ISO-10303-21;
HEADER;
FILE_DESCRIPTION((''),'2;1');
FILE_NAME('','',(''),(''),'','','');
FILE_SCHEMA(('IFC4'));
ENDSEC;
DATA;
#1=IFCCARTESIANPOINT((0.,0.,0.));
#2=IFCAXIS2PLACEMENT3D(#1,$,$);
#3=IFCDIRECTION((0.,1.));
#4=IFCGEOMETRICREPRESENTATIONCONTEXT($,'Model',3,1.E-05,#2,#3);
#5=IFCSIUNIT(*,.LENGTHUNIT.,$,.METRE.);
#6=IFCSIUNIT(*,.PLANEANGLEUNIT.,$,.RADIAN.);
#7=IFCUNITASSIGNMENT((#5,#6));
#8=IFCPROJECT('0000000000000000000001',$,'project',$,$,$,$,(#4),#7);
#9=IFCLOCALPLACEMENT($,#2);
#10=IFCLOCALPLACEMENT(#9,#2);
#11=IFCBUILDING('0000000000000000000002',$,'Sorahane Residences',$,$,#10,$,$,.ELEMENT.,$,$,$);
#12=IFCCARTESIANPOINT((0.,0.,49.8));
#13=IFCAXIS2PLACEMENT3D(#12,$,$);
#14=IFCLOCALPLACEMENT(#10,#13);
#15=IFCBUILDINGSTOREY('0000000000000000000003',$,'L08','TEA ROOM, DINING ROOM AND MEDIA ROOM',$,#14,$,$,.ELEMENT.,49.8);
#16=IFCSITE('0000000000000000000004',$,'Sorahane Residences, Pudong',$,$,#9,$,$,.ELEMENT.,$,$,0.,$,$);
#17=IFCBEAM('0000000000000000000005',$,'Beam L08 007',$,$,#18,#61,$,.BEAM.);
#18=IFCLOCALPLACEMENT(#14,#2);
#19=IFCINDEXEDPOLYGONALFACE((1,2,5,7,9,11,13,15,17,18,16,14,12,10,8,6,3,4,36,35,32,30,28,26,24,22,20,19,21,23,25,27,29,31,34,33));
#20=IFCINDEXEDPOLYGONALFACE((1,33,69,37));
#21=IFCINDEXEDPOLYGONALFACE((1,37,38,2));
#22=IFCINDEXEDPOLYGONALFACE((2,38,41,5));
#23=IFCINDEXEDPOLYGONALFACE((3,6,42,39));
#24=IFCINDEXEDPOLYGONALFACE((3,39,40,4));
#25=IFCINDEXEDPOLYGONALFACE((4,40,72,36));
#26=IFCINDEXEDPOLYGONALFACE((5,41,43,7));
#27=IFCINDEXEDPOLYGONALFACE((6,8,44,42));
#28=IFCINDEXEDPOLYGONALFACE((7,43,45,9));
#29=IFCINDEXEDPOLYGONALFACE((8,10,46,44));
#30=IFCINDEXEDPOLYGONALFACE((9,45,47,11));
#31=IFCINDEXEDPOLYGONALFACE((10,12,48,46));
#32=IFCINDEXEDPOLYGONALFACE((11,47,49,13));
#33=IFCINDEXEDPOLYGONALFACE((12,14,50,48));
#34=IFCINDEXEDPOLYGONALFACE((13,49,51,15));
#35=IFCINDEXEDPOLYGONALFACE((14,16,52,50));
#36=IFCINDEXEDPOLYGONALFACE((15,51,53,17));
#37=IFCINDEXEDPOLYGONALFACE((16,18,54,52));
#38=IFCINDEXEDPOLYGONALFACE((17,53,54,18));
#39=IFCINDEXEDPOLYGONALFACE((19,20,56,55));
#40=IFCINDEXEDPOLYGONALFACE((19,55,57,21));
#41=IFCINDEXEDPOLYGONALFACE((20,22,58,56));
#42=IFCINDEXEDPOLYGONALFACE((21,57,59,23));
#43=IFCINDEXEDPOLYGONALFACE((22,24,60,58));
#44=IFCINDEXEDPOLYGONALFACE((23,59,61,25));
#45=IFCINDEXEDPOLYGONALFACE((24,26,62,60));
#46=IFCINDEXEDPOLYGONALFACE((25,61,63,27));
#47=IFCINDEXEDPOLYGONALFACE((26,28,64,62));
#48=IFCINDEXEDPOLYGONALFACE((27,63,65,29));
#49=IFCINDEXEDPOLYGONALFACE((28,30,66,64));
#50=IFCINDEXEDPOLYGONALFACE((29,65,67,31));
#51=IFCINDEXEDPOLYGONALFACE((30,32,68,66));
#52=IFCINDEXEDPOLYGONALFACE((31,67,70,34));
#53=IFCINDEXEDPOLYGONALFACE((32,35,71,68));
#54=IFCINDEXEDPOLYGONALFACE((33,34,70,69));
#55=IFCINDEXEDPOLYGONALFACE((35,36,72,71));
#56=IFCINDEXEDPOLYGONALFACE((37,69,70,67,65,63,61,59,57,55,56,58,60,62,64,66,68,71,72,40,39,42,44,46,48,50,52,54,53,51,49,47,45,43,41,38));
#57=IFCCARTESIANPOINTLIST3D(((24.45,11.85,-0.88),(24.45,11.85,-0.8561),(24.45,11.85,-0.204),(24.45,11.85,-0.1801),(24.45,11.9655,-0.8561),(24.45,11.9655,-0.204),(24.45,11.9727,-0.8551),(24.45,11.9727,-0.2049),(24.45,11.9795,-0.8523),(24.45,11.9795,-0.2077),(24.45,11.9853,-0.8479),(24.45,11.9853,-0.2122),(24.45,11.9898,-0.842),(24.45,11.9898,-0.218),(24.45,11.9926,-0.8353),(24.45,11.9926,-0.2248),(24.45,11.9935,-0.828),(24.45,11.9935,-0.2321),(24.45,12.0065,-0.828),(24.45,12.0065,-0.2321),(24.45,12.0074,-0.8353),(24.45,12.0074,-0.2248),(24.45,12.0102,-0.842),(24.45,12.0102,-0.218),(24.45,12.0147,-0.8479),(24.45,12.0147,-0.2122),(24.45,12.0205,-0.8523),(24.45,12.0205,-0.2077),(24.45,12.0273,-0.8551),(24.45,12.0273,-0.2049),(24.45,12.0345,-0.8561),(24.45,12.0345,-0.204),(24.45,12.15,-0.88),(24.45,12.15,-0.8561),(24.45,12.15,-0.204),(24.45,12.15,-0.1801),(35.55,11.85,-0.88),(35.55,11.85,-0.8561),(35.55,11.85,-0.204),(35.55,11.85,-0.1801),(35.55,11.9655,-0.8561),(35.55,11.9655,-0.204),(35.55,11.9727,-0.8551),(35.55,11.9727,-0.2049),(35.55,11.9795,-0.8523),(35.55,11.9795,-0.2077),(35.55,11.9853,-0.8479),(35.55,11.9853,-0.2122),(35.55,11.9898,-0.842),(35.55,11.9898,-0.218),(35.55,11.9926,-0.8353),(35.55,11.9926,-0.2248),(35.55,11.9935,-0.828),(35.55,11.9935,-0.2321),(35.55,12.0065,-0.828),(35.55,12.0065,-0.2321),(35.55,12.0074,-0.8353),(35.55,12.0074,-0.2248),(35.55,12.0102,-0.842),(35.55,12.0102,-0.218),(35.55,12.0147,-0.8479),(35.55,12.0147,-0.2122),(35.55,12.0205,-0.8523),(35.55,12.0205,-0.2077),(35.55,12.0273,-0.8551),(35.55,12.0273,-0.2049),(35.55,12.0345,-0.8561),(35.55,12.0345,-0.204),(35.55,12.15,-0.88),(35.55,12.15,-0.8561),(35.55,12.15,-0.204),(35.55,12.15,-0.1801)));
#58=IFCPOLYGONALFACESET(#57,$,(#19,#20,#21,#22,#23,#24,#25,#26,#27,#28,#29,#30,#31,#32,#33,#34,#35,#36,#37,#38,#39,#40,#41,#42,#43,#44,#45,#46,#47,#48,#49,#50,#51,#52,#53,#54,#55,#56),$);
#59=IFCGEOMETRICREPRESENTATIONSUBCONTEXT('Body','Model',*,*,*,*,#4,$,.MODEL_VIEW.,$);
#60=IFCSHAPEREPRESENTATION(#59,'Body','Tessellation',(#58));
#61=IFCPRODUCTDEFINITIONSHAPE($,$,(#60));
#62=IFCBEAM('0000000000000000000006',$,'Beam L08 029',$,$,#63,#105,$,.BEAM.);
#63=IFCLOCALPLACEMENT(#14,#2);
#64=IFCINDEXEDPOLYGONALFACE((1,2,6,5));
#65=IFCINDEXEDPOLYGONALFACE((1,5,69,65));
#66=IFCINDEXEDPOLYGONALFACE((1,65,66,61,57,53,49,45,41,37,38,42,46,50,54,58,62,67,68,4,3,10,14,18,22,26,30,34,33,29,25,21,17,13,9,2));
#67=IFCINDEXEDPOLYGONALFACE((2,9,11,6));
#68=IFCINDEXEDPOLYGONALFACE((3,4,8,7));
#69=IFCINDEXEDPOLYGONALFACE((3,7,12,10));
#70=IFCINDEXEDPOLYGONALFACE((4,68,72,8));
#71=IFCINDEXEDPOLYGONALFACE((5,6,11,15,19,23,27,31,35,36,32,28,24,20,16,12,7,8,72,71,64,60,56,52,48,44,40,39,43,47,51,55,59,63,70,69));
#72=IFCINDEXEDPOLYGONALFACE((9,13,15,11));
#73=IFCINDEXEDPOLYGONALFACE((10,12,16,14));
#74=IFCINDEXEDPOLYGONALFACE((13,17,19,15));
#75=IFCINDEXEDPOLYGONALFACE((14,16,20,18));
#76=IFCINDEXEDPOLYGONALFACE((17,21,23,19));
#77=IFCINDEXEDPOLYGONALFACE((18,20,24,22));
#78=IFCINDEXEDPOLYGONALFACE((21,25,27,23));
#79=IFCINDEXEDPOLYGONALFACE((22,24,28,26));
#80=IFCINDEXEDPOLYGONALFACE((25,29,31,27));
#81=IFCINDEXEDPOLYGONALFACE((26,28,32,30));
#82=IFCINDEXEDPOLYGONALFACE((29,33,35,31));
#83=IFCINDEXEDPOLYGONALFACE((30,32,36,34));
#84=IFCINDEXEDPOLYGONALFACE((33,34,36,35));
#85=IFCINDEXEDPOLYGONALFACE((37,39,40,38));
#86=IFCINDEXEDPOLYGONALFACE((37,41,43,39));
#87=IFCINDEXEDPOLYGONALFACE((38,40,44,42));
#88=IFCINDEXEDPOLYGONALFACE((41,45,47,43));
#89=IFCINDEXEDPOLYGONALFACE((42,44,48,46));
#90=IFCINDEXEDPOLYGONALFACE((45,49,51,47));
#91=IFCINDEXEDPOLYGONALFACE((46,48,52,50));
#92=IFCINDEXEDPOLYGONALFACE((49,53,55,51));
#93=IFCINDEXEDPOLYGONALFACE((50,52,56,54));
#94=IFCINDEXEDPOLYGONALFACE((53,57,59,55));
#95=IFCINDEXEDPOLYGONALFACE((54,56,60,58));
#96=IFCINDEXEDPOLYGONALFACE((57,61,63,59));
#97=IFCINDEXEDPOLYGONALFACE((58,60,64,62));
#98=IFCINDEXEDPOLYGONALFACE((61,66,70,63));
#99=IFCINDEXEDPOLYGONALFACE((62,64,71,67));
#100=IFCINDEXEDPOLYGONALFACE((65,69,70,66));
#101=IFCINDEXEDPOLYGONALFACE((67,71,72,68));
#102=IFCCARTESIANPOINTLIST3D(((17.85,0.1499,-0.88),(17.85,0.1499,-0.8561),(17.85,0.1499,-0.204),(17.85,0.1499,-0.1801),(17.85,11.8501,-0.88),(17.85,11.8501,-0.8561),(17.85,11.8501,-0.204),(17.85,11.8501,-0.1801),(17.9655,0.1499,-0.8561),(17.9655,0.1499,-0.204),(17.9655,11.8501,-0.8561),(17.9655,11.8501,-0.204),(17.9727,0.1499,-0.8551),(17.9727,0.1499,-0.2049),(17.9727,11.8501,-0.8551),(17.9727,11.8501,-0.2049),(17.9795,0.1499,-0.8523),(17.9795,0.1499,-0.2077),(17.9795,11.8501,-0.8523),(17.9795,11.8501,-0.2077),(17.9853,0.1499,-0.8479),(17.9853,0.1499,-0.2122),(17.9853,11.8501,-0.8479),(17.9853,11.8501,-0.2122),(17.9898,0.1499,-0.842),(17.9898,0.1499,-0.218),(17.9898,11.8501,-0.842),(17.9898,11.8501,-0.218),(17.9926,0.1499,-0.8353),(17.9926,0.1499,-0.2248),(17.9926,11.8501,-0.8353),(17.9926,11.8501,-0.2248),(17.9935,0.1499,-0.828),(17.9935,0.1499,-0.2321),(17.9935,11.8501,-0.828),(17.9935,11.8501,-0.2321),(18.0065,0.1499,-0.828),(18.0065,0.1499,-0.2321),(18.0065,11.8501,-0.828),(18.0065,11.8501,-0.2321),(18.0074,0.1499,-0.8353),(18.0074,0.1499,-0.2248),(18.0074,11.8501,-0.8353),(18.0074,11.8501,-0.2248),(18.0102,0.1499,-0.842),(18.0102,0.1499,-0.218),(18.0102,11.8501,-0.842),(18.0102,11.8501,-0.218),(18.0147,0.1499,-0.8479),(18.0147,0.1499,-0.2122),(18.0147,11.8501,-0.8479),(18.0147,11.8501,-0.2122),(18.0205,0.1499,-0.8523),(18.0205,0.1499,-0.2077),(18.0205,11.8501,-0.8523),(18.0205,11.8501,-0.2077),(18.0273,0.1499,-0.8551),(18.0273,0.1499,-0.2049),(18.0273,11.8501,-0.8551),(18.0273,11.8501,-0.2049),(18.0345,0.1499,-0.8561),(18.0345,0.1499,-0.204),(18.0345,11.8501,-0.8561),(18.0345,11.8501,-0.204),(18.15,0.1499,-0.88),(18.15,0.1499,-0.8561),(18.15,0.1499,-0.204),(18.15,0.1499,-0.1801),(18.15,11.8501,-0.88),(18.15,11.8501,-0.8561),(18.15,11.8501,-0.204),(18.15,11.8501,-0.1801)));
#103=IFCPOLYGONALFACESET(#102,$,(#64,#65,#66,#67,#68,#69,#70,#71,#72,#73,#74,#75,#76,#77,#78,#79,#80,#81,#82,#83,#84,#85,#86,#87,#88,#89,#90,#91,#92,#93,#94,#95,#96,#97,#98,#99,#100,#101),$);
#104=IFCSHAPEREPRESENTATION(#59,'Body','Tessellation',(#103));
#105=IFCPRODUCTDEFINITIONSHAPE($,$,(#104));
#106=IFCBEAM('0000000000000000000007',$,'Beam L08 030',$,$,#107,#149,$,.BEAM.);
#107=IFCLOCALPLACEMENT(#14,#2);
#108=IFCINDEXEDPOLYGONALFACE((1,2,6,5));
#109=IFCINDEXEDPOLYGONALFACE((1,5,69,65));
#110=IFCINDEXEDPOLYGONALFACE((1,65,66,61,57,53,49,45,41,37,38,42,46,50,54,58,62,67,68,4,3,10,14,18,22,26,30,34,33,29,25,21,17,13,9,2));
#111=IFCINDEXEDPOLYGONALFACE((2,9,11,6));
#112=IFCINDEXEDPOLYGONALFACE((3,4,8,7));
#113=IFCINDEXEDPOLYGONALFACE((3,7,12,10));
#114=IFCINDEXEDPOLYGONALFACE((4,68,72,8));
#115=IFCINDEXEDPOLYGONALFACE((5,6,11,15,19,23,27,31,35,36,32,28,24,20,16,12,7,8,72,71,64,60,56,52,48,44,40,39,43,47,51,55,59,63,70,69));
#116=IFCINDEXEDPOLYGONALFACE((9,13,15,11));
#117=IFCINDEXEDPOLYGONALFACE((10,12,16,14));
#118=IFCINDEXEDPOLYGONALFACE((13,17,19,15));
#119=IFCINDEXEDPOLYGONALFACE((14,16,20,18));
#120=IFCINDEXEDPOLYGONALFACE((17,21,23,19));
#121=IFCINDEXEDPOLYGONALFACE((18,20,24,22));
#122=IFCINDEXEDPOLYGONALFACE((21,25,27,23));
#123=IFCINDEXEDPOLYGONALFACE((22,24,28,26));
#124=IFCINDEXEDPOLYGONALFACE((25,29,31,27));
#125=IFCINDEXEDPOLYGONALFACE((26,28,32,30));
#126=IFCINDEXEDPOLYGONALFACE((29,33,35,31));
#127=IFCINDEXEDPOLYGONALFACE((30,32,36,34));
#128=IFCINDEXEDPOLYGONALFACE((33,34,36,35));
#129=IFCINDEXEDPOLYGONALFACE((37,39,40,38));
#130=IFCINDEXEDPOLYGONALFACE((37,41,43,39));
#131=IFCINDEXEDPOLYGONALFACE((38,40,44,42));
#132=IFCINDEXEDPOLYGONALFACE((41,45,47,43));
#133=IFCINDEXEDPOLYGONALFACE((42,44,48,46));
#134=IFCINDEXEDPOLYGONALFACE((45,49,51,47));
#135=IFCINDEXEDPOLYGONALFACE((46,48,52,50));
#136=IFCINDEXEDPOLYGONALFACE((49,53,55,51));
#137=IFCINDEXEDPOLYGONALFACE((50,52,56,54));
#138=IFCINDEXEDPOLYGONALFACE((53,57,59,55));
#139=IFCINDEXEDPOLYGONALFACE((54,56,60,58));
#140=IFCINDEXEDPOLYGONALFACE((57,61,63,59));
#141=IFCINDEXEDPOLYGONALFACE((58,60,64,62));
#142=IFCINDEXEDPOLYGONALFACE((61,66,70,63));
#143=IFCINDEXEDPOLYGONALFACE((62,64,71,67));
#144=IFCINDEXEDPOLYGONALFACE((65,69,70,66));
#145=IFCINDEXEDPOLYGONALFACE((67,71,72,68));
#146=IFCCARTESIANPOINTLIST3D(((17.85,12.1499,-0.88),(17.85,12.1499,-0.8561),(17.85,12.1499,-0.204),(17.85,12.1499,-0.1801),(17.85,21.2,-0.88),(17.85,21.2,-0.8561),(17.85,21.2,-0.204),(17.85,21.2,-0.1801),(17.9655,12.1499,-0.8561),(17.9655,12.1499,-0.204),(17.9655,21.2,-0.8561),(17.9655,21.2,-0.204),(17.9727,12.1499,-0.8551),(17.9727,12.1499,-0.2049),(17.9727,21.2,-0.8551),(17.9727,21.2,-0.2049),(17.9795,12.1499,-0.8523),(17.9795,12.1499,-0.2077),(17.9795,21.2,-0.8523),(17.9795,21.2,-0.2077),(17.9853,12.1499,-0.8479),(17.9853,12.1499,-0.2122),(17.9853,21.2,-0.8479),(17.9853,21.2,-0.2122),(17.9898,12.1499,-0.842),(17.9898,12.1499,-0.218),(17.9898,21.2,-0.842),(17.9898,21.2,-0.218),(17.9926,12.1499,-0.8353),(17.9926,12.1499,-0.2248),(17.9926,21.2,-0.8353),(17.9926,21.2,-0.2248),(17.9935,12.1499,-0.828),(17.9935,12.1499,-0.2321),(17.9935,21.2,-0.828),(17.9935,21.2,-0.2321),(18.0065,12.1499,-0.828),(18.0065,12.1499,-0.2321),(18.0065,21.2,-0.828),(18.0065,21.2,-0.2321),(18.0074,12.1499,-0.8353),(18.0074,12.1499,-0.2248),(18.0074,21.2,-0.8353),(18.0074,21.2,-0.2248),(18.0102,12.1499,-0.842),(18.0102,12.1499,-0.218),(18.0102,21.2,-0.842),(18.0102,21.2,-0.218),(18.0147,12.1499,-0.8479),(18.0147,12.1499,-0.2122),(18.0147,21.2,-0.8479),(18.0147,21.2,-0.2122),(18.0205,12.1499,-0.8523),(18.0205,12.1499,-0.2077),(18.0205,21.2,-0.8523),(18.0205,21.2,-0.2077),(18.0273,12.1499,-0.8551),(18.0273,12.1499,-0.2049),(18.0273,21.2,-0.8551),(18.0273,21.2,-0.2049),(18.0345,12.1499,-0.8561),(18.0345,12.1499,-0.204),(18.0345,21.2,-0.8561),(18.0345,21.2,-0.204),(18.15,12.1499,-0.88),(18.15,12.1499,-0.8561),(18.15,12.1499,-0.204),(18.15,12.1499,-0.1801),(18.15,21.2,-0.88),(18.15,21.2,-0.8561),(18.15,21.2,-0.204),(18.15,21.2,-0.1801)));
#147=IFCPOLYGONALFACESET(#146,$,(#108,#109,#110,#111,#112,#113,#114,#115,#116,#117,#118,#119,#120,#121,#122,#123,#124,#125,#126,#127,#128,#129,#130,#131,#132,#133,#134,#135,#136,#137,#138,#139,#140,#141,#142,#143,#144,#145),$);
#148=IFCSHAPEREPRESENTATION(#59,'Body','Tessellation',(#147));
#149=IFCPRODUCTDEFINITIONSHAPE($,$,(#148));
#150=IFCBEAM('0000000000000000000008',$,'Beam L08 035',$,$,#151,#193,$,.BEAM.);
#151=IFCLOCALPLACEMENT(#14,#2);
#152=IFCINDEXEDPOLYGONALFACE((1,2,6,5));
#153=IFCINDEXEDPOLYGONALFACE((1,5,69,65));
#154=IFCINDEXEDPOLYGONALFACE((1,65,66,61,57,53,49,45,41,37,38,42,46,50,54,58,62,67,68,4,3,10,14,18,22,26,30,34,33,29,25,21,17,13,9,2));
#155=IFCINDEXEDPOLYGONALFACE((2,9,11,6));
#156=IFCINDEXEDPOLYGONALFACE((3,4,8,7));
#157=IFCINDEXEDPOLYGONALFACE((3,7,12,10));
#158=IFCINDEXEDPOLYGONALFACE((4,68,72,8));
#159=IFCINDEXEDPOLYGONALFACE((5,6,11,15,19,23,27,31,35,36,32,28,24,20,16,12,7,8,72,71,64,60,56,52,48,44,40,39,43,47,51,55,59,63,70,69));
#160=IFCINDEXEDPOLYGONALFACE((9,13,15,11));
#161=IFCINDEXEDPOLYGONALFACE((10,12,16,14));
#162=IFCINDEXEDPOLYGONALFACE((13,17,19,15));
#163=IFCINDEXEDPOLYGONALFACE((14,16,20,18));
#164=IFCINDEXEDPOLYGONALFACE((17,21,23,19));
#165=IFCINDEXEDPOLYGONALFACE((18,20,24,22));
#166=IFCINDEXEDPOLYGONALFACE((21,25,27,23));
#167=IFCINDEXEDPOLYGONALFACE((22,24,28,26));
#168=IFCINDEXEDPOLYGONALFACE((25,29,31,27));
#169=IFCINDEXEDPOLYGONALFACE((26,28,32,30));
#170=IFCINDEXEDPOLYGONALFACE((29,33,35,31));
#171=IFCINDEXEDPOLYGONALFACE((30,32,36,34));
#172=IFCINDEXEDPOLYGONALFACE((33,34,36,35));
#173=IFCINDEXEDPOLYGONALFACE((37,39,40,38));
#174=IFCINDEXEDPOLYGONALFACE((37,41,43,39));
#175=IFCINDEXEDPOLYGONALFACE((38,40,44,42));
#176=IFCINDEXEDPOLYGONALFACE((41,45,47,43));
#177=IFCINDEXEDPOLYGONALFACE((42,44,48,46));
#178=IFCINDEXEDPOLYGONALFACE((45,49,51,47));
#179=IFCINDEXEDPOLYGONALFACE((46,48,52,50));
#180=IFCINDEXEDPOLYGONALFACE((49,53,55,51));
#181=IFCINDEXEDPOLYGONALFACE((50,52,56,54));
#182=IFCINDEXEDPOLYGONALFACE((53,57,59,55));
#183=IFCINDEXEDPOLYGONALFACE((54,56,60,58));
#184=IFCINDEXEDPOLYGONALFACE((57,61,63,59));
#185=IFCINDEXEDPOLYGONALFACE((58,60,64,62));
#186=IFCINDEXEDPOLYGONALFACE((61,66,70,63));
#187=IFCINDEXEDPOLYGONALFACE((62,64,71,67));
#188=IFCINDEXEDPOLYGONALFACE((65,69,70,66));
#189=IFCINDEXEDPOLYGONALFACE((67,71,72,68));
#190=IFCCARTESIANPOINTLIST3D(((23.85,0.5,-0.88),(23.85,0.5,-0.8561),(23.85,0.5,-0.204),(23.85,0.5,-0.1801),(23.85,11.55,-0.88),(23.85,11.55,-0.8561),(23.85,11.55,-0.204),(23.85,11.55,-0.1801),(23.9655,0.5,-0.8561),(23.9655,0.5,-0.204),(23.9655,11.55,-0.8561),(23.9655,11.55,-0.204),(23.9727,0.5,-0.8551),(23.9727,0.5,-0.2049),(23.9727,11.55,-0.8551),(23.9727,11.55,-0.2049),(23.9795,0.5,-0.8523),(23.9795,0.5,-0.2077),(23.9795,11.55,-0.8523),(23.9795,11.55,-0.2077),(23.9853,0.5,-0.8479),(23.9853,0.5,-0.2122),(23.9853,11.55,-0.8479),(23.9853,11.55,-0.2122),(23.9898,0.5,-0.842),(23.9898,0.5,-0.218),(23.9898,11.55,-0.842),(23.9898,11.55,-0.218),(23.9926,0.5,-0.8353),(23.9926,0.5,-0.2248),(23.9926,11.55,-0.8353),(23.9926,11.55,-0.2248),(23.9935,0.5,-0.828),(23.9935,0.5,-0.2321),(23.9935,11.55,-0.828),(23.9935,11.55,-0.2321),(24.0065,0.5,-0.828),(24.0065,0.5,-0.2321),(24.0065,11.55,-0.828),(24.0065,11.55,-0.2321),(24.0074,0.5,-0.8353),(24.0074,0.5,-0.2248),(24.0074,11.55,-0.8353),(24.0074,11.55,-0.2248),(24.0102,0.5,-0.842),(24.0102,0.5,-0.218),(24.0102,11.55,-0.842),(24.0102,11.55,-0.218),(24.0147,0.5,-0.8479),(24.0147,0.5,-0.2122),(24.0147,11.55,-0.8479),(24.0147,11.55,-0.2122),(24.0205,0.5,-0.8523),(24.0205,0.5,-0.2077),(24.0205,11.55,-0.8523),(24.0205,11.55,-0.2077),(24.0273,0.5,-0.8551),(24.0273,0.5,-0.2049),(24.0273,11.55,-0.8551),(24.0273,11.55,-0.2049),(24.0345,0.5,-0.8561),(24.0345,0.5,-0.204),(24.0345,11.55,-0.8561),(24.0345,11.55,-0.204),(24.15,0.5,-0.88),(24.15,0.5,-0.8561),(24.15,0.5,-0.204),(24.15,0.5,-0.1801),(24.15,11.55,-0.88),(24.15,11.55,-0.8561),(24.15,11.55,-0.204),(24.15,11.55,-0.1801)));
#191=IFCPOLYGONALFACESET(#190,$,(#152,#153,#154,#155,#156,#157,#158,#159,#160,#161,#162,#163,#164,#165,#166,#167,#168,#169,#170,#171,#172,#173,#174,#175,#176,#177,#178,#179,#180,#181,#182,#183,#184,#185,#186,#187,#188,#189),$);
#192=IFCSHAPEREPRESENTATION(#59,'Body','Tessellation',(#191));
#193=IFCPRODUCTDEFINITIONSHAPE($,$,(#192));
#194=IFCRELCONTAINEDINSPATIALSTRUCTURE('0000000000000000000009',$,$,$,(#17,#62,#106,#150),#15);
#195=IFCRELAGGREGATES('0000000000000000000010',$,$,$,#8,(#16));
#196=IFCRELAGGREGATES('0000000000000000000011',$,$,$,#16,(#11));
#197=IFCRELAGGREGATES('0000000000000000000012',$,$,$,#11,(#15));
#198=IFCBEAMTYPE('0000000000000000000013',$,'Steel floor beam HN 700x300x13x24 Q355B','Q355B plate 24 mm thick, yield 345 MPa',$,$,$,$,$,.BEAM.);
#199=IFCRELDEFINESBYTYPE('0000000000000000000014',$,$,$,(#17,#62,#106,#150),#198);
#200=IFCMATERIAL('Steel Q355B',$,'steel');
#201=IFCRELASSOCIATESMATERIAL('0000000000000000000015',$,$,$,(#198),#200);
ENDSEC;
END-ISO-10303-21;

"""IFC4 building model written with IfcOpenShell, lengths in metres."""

from ifc_helpers import new_model, si_unit, direction, frame, origin, origin_2d, place, context, subcontext, project, spatial, i_section, extrude, material, material_profile, profile_set, type_object, element, save


model = new_model("IFC4")

# Units and contexts
model_context = context("Model", 3, precision=1e-05, world=origin(), true_north=direction((0.0, 1.0)))
body_context = subcontext(model_context, "Body", "Model", "MODEL_VIEW")
ifc_project = project(units=[si_unit("LENGTHUNIT", "METRE"), si_unit("PLANEANGLEUNIT", "RADIAN")], contexts=[model_context])

# Site, building, storey
site_placement = place(None, origin())
site = spatial("IfcSite", under=ifc_project, at=site_placement, Name="Sorahane Residences, Pudong", CompositionType="ELEMENT", RefElevation=0.0)
building_placement = place(site_placement, origin())
building = spatial("IfcBuilding", under=site, at=building_placement, Name="Sorahane Residences", CompositionType="ELEMENT")
storey_placement = place(building_placement, frame((0.0, 0.0, 49.8)))
storey = spatial("IfcBuildingStorey", under=building, at=storey_placement, Name="L08", Description="TEA ROOM, DINING ROOM AND MEDIA ROOM", CompositionType="ELEMENT", Elevation=49.8)

# Beams
ifc_material_1 = material(Name="Steel Q355B", Category="steel")
ifc_material_profile_1 = material_profile(ifc_material_1, i_section(OverallWidth=0.3, OverallDepth=0.7, WebThickness=0.0129, FlangeThickness=0.0239, FilletRadius=0.0281, at=origin_2d()), Name="HN 700x300x13x24")
ifc_profile_set_1 = profile_set([ifc_material_profile_1], Name="Steel Q355B")
beam_type_1 = type_object("IfcBeamType", Name="Steel floor beam HN 700x300x13x24 Q355B", Description="Q355B plate 24 mm thick, yield 345 MPa", PredefinedType="BEAM", material=ifc_profile_set_1)
beam_1_placement = place(storey_placement, frame((24.45, 12.0, -0.53), z_axis=(1.0, 0.0, 0.0), x_axis=(0.0, 1.0, 0.0)))
element("IfcBeam", 1, at=beam_1_placement, inside=storey, type_object=beam_type_1, Name="Beam L08 007", PredefinedType="BEAM", context=body_context, shape_type="SweptSolid", body=[
    extrude(i_section(OverallWidth=0.3, OverallDepth=0.7, WebThickness=0.0129, FlangeThickness=0.0239, FilletRadius=0.0281, at=origin_2d()), origin(), (0.0, 0.0, 1.0), 11.1001),
])
beam_2_placement = place(storey_placement, frame((18.0, 0.1499, -0.53), z_axis=(0.0, 1.0, 0.0), x_axis=(-1.0, 0.0, 0.0)))
element("IfcBeam", 2, at=beam_2_placement, inside=storey, type_object=beam_type_1, Name="Beam L08 029", PredefinedType="BEAM", context=body_context, shape_type="SweptSolid", body=[
    extrude(i_section(OverallWidth=0.3, OverallDepth=0.7, WebThickness=0.0129, FlangeThickness=0.0239, FilletRadius=0.0281, at=origin_2d()), origin(), (0.0, 0.0, 1.0), 11.7002),
])
beam_3_placement = place(storey_placement, frame((18.0, 12.1499, -0.53), z_axis=(0.0, 1.0, 0.0), x_axis=(-1.0, 0.0, 0.0)))
element("IfcBeam", 3, at=beam_3_placement, inside=storey, type_object=beam_type_1, Name="Beam L08 030", PredefinedType="BEAM", context=body_context, shape_type="SweptSolid", body=[
    extrude(i_section(OverallWidth=0.3, OverallDepth=0.7, WebThickness=0.0129, FlangeThickness=0.0239, FilletRadius=0.0281, at=origin_2d()), origin(), (0.0, 0.0, 1.0), 9.05),
])
beam_4_placement = place(storey_placement, frame((24.0, 0.5, -0.53), z_axis=(0.0, 1.0, 0.0), x_axis=(-1.0, 0.0, 0.0)))
element("IfcBeam", 4, at=beam_4_placement, inside=storey, type_object=beam_type_1, Name="Beam L08 035", PredefinedType="BEAM", context=body_context, shape_type="SweptSolid", body=[
    extrude(i_section(OverallWidth=0.3, OverallDepth=0.7, WebThickness=0.0129, FlangeThickness=0.0239, FilletRadius=0.0281, at=origin_2d()), origin(), (0.0, 0.0, 1.0), 11.05),
])

save(model, "model.ifc")
